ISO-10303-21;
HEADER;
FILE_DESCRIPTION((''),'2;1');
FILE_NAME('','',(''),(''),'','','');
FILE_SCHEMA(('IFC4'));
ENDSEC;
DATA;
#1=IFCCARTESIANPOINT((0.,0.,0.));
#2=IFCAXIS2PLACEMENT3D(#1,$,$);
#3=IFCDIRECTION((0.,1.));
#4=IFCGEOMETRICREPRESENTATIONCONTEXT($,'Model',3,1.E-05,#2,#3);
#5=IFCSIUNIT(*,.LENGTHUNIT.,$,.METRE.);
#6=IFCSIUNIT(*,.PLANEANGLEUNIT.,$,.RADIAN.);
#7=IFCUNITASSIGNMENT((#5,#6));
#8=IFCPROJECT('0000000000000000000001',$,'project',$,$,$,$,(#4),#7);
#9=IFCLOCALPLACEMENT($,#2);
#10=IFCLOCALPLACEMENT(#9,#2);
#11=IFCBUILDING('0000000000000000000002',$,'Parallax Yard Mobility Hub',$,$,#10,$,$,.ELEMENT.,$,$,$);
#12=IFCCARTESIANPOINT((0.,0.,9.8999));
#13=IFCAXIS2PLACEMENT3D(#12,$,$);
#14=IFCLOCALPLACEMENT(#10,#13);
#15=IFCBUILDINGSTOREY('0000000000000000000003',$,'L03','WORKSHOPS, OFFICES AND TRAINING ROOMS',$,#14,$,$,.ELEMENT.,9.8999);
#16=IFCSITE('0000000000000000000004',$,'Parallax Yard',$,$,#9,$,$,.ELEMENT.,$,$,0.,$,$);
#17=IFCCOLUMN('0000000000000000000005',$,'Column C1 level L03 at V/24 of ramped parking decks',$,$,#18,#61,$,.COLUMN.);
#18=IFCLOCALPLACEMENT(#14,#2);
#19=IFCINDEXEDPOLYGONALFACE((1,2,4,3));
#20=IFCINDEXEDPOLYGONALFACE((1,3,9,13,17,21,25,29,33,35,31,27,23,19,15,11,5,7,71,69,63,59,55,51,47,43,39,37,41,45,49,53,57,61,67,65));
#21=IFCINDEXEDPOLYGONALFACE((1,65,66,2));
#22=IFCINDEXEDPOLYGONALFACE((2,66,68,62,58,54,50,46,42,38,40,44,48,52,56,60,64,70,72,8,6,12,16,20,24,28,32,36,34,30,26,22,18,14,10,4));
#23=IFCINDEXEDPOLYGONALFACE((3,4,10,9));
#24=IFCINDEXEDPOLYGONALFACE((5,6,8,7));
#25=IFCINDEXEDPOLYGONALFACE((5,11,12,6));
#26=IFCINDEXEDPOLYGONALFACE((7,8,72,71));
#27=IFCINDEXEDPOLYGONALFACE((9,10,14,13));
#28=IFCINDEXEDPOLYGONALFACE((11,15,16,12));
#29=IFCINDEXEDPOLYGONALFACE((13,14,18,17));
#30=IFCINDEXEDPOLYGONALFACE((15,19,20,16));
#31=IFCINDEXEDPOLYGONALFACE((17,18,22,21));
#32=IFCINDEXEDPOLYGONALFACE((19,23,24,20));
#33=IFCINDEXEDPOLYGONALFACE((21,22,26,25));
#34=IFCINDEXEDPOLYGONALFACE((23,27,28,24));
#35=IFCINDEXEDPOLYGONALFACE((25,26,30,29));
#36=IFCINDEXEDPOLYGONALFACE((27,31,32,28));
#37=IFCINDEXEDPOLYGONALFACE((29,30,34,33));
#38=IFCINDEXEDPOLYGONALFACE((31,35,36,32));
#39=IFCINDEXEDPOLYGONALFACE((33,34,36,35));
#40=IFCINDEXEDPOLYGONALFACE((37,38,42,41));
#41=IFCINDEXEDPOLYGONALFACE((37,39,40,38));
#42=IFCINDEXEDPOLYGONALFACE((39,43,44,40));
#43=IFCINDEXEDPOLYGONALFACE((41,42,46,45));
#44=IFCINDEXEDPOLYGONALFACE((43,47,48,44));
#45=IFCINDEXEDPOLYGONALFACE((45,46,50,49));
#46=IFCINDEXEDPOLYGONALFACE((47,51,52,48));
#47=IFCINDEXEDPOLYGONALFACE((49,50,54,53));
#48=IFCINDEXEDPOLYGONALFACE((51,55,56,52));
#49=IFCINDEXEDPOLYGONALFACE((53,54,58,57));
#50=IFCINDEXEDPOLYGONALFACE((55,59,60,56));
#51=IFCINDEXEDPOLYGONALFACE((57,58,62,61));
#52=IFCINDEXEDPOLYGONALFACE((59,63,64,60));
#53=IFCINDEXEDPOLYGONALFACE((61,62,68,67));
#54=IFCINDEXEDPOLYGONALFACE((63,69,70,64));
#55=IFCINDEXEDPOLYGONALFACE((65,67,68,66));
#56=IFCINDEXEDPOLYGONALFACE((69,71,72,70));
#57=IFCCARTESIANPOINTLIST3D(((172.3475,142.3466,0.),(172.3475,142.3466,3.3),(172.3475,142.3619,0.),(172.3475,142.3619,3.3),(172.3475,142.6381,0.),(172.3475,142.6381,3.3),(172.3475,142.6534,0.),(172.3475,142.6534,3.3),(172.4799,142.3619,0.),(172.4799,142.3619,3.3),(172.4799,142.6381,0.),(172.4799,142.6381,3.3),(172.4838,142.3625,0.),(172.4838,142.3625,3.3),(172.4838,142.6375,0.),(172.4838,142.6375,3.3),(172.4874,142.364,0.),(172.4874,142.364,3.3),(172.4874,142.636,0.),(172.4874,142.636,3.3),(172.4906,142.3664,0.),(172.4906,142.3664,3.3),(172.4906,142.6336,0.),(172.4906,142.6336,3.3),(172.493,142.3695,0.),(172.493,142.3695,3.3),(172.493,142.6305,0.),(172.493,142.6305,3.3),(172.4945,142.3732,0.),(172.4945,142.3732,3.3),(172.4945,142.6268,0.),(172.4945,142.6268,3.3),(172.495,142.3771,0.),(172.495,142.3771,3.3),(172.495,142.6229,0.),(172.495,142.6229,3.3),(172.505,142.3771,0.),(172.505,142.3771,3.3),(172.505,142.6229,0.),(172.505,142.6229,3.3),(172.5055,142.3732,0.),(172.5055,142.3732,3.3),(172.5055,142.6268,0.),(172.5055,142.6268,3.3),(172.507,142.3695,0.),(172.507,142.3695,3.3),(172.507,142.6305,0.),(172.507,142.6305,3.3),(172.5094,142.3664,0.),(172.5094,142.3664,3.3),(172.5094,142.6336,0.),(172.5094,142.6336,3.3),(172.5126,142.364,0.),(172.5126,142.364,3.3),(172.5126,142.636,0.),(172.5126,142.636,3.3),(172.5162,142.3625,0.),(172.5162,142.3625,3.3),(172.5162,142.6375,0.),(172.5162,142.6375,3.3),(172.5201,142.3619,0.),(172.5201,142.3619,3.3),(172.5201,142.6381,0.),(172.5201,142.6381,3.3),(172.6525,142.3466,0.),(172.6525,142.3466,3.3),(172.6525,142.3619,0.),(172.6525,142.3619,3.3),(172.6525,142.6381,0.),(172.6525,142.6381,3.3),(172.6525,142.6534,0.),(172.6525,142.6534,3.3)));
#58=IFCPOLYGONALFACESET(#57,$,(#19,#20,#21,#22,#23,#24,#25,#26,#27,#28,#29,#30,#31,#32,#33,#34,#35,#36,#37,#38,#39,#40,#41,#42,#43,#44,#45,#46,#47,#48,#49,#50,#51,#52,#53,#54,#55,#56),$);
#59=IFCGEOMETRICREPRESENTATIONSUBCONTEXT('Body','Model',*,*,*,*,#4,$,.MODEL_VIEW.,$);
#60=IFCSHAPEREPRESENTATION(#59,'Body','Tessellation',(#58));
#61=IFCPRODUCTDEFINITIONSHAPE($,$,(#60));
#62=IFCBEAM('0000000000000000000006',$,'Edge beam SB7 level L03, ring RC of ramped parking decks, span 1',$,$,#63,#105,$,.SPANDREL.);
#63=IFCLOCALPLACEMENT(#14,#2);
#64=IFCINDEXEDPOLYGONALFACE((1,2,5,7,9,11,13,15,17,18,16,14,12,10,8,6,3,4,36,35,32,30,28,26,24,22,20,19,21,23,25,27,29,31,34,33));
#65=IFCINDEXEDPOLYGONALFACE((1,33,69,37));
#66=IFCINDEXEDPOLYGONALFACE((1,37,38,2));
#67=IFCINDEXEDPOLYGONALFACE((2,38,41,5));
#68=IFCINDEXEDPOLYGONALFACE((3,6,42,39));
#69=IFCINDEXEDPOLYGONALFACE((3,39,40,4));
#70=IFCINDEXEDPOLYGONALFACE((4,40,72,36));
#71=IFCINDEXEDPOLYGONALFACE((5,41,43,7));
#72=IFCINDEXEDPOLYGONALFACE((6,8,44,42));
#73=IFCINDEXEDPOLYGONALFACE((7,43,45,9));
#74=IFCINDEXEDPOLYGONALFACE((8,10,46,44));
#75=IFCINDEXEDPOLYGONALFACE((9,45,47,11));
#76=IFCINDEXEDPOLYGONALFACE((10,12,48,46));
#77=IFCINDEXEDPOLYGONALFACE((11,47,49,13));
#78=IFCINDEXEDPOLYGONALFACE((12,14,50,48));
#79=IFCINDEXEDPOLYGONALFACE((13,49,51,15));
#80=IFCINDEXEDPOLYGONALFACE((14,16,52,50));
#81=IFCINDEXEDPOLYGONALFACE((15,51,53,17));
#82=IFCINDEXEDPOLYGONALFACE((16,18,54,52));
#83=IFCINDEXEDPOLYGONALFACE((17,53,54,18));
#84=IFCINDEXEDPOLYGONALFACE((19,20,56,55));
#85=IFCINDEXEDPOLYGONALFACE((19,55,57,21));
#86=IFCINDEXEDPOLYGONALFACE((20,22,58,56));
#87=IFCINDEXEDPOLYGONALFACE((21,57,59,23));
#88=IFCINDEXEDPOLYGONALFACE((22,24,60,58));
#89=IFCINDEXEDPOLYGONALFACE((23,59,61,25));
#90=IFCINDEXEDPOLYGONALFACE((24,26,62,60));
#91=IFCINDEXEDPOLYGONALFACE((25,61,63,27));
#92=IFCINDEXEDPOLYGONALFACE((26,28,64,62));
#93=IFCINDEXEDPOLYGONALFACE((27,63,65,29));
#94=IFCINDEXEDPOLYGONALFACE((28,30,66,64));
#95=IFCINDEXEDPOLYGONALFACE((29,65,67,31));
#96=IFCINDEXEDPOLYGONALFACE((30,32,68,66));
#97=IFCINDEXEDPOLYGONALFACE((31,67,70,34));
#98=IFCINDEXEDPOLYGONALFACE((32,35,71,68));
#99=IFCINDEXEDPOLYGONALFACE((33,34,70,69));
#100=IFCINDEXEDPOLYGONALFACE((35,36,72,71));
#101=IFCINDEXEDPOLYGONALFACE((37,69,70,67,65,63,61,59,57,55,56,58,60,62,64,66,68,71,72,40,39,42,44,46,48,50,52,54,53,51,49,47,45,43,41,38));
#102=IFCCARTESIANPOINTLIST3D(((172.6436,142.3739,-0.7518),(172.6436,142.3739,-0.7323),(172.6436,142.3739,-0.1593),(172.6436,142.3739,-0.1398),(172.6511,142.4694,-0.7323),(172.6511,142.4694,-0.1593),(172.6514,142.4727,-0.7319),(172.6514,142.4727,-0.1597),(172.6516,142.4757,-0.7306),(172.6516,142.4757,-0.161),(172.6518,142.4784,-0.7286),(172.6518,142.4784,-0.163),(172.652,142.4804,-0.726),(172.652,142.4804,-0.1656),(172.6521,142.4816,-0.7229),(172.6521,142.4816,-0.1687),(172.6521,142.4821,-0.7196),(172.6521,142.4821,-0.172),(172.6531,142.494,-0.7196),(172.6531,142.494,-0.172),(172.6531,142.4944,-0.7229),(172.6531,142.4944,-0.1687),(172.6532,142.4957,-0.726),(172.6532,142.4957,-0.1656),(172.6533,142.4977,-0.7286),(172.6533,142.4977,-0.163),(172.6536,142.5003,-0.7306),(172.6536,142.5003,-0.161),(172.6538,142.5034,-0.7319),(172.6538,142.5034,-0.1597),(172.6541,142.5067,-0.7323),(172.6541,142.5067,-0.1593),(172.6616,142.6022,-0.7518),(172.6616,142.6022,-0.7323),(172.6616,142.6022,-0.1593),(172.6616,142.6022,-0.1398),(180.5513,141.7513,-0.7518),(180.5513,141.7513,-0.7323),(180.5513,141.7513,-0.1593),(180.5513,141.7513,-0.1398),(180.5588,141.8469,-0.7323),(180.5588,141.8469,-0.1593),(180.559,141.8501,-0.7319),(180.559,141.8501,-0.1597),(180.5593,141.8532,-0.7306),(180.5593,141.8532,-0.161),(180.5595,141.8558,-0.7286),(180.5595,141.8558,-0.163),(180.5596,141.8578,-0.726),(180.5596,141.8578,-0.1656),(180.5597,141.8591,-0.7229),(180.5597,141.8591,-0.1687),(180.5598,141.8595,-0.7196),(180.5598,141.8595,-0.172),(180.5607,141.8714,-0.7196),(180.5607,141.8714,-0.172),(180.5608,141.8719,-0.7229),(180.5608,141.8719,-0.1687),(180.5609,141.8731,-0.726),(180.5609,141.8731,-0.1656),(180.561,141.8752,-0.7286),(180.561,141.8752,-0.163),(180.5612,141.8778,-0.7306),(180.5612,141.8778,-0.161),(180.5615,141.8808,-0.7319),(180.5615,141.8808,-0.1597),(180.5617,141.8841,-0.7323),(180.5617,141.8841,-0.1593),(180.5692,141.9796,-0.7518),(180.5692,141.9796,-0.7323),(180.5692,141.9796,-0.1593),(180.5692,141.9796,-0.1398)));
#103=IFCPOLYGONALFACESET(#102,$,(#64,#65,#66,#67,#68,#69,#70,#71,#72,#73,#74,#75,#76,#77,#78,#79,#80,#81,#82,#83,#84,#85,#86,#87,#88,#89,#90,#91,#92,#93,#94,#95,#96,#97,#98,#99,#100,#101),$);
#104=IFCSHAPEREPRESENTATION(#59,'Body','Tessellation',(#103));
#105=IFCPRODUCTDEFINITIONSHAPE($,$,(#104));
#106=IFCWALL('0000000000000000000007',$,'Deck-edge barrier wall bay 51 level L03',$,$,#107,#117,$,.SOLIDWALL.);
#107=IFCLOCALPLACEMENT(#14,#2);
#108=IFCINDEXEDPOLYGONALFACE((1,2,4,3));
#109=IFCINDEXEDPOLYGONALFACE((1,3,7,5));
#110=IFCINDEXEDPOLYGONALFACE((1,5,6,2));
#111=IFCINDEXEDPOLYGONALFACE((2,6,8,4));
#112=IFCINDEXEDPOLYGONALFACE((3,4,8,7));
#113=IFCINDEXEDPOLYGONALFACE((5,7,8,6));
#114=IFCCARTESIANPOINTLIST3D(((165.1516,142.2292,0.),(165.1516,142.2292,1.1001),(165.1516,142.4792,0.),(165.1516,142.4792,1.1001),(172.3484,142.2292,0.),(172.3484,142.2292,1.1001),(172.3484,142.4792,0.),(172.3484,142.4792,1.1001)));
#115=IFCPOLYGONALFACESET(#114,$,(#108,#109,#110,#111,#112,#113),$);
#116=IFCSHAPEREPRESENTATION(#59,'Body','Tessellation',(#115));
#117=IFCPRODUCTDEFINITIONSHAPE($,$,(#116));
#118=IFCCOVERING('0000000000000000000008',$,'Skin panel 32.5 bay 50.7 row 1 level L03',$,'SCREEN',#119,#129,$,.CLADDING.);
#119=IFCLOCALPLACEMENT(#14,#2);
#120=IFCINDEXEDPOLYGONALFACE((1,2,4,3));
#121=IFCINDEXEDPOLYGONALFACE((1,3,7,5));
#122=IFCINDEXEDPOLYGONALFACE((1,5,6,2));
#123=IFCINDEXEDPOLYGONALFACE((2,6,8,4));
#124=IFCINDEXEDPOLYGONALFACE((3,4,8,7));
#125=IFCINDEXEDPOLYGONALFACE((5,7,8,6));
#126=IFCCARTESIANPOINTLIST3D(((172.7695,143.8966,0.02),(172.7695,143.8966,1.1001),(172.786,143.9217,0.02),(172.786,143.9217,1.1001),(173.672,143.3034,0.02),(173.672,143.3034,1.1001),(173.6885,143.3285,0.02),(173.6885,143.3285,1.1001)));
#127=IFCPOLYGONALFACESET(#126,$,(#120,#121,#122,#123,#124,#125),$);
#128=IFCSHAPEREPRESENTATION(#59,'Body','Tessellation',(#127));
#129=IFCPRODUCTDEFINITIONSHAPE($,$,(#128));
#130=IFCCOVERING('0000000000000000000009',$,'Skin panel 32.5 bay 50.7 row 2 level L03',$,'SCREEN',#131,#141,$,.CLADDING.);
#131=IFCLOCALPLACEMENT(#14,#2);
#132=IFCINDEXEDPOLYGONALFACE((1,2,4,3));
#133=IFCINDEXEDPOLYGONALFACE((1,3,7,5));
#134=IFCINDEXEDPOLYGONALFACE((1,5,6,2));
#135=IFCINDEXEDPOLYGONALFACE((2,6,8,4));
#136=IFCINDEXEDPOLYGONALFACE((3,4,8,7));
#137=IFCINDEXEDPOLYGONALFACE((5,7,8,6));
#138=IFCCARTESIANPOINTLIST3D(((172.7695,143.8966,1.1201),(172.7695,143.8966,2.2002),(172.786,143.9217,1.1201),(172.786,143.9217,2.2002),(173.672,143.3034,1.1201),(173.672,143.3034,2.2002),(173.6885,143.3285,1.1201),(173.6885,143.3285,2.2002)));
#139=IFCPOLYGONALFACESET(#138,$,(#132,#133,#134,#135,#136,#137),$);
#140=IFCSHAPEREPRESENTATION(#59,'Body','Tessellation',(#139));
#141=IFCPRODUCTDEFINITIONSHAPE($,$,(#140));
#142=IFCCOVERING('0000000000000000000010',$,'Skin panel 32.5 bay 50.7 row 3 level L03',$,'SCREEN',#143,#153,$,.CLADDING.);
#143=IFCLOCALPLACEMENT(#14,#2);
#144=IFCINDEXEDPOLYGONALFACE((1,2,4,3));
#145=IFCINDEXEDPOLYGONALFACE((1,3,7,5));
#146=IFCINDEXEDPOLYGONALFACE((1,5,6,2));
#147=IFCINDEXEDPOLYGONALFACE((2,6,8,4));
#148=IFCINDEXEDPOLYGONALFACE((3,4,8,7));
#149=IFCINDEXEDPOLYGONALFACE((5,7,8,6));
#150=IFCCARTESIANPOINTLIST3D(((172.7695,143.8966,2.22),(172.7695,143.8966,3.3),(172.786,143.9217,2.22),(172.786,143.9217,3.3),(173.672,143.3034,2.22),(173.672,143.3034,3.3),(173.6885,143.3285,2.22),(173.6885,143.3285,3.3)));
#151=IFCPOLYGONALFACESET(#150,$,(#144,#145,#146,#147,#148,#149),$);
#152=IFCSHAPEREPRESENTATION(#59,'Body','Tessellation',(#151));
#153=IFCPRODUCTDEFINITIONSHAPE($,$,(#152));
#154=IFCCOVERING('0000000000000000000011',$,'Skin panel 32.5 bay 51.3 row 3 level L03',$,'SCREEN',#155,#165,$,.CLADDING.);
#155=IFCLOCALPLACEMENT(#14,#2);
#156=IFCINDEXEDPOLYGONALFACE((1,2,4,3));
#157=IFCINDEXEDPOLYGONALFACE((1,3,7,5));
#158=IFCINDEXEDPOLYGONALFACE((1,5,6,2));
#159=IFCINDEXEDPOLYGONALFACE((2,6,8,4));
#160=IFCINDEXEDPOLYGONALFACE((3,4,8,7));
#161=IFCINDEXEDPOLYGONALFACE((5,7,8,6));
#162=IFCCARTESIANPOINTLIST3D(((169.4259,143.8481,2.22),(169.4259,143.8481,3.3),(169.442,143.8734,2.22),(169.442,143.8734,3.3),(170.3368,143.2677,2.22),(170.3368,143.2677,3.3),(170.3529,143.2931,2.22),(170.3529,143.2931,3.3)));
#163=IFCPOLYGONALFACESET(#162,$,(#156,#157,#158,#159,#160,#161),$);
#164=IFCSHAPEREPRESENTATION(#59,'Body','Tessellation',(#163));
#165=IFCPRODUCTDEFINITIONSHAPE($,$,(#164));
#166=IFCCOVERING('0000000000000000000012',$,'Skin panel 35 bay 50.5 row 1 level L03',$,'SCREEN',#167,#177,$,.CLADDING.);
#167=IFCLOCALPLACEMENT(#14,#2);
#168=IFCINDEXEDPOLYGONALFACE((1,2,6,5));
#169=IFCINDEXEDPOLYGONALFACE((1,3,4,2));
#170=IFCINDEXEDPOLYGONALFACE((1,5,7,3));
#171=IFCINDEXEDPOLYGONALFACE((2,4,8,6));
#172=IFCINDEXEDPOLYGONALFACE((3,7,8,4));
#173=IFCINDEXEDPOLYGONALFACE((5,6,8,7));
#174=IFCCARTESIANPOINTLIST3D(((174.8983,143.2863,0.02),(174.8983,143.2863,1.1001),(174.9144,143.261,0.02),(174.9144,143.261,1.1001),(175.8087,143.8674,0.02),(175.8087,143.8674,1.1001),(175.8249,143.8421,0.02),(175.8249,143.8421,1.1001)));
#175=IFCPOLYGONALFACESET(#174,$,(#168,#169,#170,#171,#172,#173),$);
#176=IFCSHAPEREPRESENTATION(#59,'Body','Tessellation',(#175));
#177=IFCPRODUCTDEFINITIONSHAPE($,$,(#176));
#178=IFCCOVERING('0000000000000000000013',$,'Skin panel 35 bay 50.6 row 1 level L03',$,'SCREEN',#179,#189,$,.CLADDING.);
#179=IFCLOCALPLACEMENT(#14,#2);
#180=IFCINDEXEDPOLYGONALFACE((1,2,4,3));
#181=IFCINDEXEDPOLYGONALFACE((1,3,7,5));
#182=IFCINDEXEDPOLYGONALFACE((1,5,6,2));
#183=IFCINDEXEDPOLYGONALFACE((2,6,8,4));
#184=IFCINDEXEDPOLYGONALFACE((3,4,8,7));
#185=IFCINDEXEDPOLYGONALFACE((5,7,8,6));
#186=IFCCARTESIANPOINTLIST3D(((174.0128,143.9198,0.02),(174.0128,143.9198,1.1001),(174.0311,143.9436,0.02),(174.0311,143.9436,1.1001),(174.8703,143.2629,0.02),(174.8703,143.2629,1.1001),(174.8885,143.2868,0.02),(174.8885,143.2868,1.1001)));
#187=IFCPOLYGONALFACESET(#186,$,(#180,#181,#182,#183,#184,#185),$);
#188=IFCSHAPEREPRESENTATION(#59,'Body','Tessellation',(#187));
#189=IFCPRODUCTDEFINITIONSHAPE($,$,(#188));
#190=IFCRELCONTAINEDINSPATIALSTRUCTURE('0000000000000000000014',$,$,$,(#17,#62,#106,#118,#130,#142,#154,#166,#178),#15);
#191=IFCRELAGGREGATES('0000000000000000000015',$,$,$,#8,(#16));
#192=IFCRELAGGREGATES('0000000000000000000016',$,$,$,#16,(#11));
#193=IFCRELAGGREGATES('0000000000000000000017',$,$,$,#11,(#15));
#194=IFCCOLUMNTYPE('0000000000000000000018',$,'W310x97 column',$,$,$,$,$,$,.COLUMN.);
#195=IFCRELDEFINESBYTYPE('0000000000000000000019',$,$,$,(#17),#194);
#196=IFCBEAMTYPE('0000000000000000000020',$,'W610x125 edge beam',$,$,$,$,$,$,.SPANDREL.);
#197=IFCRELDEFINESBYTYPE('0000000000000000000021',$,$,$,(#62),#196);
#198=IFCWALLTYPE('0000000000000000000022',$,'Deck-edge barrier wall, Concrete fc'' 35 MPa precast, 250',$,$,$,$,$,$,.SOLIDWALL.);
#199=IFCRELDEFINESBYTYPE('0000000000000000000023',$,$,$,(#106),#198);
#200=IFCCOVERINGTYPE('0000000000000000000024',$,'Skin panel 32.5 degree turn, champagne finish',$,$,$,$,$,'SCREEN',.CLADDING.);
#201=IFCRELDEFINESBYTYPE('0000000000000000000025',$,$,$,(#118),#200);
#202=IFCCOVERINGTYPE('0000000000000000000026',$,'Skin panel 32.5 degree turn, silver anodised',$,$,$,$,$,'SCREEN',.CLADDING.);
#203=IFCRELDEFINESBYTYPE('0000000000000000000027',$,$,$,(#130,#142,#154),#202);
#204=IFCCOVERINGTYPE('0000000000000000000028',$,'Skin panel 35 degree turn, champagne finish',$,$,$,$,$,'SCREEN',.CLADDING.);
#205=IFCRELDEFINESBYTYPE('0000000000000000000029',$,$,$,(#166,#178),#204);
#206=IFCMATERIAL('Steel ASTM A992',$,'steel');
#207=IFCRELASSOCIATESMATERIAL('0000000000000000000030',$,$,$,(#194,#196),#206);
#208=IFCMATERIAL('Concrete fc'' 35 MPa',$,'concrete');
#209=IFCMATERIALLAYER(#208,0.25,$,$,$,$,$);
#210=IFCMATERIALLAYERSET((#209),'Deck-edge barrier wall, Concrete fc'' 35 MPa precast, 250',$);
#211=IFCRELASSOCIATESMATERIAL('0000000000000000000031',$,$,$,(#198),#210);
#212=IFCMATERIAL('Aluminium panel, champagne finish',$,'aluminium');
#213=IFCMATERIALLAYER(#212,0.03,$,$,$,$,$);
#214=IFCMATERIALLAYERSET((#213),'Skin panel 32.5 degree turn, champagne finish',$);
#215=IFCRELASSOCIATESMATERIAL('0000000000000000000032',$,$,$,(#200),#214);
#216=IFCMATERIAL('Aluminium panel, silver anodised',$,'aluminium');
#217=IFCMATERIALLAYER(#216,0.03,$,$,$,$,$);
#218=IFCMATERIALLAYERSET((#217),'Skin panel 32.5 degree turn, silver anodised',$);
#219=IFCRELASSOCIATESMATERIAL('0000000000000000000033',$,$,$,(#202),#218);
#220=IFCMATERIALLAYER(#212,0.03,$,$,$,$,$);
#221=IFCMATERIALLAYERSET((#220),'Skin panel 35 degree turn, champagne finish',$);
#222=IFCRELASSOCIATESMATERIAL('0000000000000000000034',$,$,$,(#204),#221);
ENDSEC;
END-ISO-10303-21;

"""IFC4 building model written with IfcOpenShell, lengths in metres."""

from ifc_helpers import new_model, si_unit, direction, frame, frame_2d, origin, origin_2d, place, context, subcontext, project, spatial, rectangle, i_section, extrude, material, layer, layer_set, material_profile, profile_set, type_object, element, save


model = new_model("IFC4")

# Units and contexts
model_context = context("Model", 3, precision=1e-05, world=origin(), true_north=direction((0.0, 1.0)))
body_context = subcontext(model_context, "Body", "Model", "MODEL_VIEW")
ifc_project = project(units=[si_unit("LENGTHUNIT", "METRE"), si_unit("PLANEANGLEUNIT", "RADIAN")], contexts=[model_context])

# Site, building, storey
site_placement = place(None, origin())
site = spatial("IfcSite", under=ifc_project, at=site_placement, Name="Parallax Yard", CompositionType="ELEMENT", RefElevation=0.0)
building_placement = place(site_placement, origin())
building = spatial("IfcBuilding", under=site, at=building_placement, Name="Parallax Yard Mobility Hub", CompositionType="ELEMENT")
storey_placement = place(building_placement, frame((0.0, 0.0, 9.8999)))
storey = spatial("IfcBuildingStorey", under=building, at=storey_placement, Name="L03", Description="WORKSHOPS, OFFICES AND TRAINING ROOMS", CompositionType="ELEMENT", Elevation=9.8999)

# Column
ifc_material_1 = material(Name="Steel ASTM A992", Category="steel")
ifc_material_profile_1 = material_profile(ifc_material_1, i_section(OverallWidth=0.3049, OverallDepth=0.3069, WebThickness=0.01, FlangeThickness=0.0154, FilletRadius=0.0151, at=origin_2d()), Name="W310x97")
ifc_profile_set_1 = profile_set([ifc_material_profile_1], Name="Steel ASTM A992")
column_type = type_object("IfcColumnType", Name="W310x97 column", PredefinedType="COLUMN", material=ifc_profile_set_1)
column_placement = place(storey_placement, frame((172.5, 142.5, 0.0), z_axis=(0.0, 0.0, 1.0), x_axis=(1.0, 0.0, 0.0)))
element("IfcColumn", 1, at=column_placement, inside=storey, type_object=column_type, Name="Column C1 level L03 at V/24 of ramped parking decks", PredefinedType="COLUMN", context=body_context, shape_type="SweptSolid", body=[
    extrude(i_section(OverallWidth=0.3049, OverallDepth=0.3069, WebThickness=0.01, FlangeThickness=0.0154, FilletRadius=0.0151, at=origin_2d()), origin(), (0.0, 0.0, 1.0), 3.3),
])

# Beam
ifc_material_profile_2 = material_profile(ifc_material_1, i_section(OverallWidth=0.229, OverallDepth=0.6121, WebThickness=0.012, FlangeThickness=0.0195, FilletRadius=0.0127, at=origin_2d()), Name="W610x125")
ifc_profile_set_2 = profile_set([ifc_material_profile_2], Name="Steel ASTM A992")
beam_type = type_object("IfcBeamType", Name="W610x125 edge beam", PredefinedType="SPANDREL", material=ifc_profile_set_2)
beam_placement = place(storey_placement, frame((172.6526, 142.488, -0.4458), z_axis=(0.996915, -0.078485, 0.0), x_axis=(0.078485, 0.996915, 0.0)))
element("IfcBeam", 2, at=beam_placement, inside=storey, type_object=beam_type, Name="Edge beam SB7 level L03, ring RC of ramped parking decks, span 1", PredefinedType="SPANDREL", context=body_context, shape_type="SweptSolid", body=[
    extrude(i_section(OverallWidth=0.229, OverallDepth=0.6121, WebThickness=0.012, FlangeThickness=0.0195, FilletRadius=0.0127, at=origin_2d()), origin(), (0.0, 0.0, 1.0), 7.9321),
])

# Wall
ifc_material_2 = material(Name="Concrete fc' 35 MPa", Category="concrete")
ifc_layer_1 = layer(ifc_material_2, 0.25)
ifc_layer_set_1 = layer_set([ifc_layer_1], Name="Deck-edge barrier wall, Concrete fc' 35 MPa precast, 250")
wall_type = type_object("IfcWallType", Name="Deck-edge barrier wall, Concrete fc' 35 MPa precast, 250", PredefinedType="SOLIDWALL", material=ifc_layer_set_1)
wall_placement = place(storey_placement, frame((172.3484, 142.3542, 0.0), z_axis=(0.0, 0.0, 1.0), x_axis=(-1.0, 0.0, 0.0)))
element("IfcWall", 3, at=wall_placement, inside=storey, type_object=wall_type, Name="Deck-edge barrier wall bay 51 level L03", PredefinedType="SOLIDWALL", context=body_context, shape_type="SweptSolid", body=[
    extrude(rectangle(XDim=7.1968, YDim=0.25, at=frame_2d((3.5984, 0.0))), origin(), (0.0, 0.0, 1.0), 1.1001),
])

# Coverings
ifc_material_3 = material(Name="Aluminium panel, champagne finish", Category="aluminium")
ifc_layer_2 = layer(ifc_material_3, 0.03)
ifc_layer_set_2 = layer_set([ifc_layer_2], Name="Skin panel 32.5 degree turn, champagne finish")
covering_type_1 = type_object("IfcCoveringType", Name="Skin panel 32.5 degree turn, champagne finish", ElementType="SCREEN", PredefinedType="CLADDING", material=ifc_layer_set_2)
covering_placement = place(storey_placement, frame((173.229, 143.6125, 0.02), z_axis=(0.0, 0.0, 1.0), x_axis=(-0.835633, 0.549288, 0.0)))
element("IfcCovering", 4, at=covering_placement, inside=storey, type_object=covering_type_1, Name="Skin panel 32.5 bay 50.7 row 1 level L03", ObjectType="SCREEN", PredefinedType="CLADDING", context=body_context, shape_type="SweptSolid", body=[
    extrude(rectangle(XDim=1.0801, YDim=0.03, at=origin_2d()), origin(), (0.0, 0.0, 1.0), 1.0801),
])
ifc_material_4 = material(Name="Aluminium panel, silver anodised", Category="aluminium")
ifc_layer_3 = layer(ifc_material_4, 0.03)
ifc_layer_set_3 = layer_set([ifc_layer_3], Name="Skin panel 32.5 degree turn, silver anodised")
covering_type_2 = type_object("IfcCoveringType", Name="Skin panel 32.5 degree turn, silver anodised", ElementType="SCREEN", PredefinedType="CLADDING", material=ifc_layer_set_3)
for number, where, z_axis, x_axis, name in (
    (5, (173.229, 143.6125, 1.1201), (0.0, 0.0, 1.0), (-0.835633, 0.549288, 0.0), "Skin panel 32.5 bay 50.7 row 2 level L03"),
    (6, (173.229, 143.6125, 2.22), (0.0, 0.0, 1.0), (-0.835633, 0.549288, 0.0), "Skin panel 32.5 bay 50.7 row 3 level L03"),
    (7, (169.8894, 143.5706, 2.22), (0.0, 0.0, 1.0), (-0.843391, 0.5373, 0.0), "Skin panel 32.5 bay 51.3 row 3 level L03"),
):
    element("IfcCovering", number, at=place(storey_placement, frame(where, z_axis=z_axis, x_axis=x_axis)), inside=storey, type_object=covering_type_2, Name=name, ObjectType="SCREEN", PredefinedType="CLADDING", context=body_context, shape_type="SweptSolid", body=[
        extrude(rectangle(XDim=1.0801, YDim=0.03, at=origin_2d()), origin(), (0.0, 0.0, 1.0), 1.0801),
    ])
ifc_layer_4 = layer(ifc_material_3, 0.03)
ifc_layer_set_4 = layer_set([ifc_layer_4], Name="Skin panel 35 degree turn, champagne finish")
covering_type_3 = type_object("IfcCoveringType", Name="Skin panel 35 degree turn, champagne finish", ElementType="SCREEN", PredefinedType="CLADDING", material=ifc_layer_set_4)
for number, where, z_axis, x_axis, name in (
    (8, (175.3616, 143.5642, 0.02), (0.0, 0.0, 1.0), (0.842964, 0.537969, 0.0), "Skin panel 35 bay 50.5 row 1 level L03"),
    (9, (174.4507, 143.6033, 0.02), (0.0, 0.0, 1.0), (-0.793837, 0.608131, 0.0), "Skin panel 35 bay 50.6 row 1 level L03"),
):
    element("IfcCovering", number, at=place(storey_placement, frame(where, z_axis=z_axis, x_axis=x_axis)), inside=storey, type_object=covering_type_3, Name=name, ObjectType="SCREEN", PredefinedType="CLADDING", context=body_context, shape_type="SweptSolid", body=[
        extrude(rectangle(XDim=1.0801, YDim=0.03, at=origin_2d()), origin(), (0.0, 0.0, 1.0), 1.0801),
    ])

save(model, "model.ifc")
